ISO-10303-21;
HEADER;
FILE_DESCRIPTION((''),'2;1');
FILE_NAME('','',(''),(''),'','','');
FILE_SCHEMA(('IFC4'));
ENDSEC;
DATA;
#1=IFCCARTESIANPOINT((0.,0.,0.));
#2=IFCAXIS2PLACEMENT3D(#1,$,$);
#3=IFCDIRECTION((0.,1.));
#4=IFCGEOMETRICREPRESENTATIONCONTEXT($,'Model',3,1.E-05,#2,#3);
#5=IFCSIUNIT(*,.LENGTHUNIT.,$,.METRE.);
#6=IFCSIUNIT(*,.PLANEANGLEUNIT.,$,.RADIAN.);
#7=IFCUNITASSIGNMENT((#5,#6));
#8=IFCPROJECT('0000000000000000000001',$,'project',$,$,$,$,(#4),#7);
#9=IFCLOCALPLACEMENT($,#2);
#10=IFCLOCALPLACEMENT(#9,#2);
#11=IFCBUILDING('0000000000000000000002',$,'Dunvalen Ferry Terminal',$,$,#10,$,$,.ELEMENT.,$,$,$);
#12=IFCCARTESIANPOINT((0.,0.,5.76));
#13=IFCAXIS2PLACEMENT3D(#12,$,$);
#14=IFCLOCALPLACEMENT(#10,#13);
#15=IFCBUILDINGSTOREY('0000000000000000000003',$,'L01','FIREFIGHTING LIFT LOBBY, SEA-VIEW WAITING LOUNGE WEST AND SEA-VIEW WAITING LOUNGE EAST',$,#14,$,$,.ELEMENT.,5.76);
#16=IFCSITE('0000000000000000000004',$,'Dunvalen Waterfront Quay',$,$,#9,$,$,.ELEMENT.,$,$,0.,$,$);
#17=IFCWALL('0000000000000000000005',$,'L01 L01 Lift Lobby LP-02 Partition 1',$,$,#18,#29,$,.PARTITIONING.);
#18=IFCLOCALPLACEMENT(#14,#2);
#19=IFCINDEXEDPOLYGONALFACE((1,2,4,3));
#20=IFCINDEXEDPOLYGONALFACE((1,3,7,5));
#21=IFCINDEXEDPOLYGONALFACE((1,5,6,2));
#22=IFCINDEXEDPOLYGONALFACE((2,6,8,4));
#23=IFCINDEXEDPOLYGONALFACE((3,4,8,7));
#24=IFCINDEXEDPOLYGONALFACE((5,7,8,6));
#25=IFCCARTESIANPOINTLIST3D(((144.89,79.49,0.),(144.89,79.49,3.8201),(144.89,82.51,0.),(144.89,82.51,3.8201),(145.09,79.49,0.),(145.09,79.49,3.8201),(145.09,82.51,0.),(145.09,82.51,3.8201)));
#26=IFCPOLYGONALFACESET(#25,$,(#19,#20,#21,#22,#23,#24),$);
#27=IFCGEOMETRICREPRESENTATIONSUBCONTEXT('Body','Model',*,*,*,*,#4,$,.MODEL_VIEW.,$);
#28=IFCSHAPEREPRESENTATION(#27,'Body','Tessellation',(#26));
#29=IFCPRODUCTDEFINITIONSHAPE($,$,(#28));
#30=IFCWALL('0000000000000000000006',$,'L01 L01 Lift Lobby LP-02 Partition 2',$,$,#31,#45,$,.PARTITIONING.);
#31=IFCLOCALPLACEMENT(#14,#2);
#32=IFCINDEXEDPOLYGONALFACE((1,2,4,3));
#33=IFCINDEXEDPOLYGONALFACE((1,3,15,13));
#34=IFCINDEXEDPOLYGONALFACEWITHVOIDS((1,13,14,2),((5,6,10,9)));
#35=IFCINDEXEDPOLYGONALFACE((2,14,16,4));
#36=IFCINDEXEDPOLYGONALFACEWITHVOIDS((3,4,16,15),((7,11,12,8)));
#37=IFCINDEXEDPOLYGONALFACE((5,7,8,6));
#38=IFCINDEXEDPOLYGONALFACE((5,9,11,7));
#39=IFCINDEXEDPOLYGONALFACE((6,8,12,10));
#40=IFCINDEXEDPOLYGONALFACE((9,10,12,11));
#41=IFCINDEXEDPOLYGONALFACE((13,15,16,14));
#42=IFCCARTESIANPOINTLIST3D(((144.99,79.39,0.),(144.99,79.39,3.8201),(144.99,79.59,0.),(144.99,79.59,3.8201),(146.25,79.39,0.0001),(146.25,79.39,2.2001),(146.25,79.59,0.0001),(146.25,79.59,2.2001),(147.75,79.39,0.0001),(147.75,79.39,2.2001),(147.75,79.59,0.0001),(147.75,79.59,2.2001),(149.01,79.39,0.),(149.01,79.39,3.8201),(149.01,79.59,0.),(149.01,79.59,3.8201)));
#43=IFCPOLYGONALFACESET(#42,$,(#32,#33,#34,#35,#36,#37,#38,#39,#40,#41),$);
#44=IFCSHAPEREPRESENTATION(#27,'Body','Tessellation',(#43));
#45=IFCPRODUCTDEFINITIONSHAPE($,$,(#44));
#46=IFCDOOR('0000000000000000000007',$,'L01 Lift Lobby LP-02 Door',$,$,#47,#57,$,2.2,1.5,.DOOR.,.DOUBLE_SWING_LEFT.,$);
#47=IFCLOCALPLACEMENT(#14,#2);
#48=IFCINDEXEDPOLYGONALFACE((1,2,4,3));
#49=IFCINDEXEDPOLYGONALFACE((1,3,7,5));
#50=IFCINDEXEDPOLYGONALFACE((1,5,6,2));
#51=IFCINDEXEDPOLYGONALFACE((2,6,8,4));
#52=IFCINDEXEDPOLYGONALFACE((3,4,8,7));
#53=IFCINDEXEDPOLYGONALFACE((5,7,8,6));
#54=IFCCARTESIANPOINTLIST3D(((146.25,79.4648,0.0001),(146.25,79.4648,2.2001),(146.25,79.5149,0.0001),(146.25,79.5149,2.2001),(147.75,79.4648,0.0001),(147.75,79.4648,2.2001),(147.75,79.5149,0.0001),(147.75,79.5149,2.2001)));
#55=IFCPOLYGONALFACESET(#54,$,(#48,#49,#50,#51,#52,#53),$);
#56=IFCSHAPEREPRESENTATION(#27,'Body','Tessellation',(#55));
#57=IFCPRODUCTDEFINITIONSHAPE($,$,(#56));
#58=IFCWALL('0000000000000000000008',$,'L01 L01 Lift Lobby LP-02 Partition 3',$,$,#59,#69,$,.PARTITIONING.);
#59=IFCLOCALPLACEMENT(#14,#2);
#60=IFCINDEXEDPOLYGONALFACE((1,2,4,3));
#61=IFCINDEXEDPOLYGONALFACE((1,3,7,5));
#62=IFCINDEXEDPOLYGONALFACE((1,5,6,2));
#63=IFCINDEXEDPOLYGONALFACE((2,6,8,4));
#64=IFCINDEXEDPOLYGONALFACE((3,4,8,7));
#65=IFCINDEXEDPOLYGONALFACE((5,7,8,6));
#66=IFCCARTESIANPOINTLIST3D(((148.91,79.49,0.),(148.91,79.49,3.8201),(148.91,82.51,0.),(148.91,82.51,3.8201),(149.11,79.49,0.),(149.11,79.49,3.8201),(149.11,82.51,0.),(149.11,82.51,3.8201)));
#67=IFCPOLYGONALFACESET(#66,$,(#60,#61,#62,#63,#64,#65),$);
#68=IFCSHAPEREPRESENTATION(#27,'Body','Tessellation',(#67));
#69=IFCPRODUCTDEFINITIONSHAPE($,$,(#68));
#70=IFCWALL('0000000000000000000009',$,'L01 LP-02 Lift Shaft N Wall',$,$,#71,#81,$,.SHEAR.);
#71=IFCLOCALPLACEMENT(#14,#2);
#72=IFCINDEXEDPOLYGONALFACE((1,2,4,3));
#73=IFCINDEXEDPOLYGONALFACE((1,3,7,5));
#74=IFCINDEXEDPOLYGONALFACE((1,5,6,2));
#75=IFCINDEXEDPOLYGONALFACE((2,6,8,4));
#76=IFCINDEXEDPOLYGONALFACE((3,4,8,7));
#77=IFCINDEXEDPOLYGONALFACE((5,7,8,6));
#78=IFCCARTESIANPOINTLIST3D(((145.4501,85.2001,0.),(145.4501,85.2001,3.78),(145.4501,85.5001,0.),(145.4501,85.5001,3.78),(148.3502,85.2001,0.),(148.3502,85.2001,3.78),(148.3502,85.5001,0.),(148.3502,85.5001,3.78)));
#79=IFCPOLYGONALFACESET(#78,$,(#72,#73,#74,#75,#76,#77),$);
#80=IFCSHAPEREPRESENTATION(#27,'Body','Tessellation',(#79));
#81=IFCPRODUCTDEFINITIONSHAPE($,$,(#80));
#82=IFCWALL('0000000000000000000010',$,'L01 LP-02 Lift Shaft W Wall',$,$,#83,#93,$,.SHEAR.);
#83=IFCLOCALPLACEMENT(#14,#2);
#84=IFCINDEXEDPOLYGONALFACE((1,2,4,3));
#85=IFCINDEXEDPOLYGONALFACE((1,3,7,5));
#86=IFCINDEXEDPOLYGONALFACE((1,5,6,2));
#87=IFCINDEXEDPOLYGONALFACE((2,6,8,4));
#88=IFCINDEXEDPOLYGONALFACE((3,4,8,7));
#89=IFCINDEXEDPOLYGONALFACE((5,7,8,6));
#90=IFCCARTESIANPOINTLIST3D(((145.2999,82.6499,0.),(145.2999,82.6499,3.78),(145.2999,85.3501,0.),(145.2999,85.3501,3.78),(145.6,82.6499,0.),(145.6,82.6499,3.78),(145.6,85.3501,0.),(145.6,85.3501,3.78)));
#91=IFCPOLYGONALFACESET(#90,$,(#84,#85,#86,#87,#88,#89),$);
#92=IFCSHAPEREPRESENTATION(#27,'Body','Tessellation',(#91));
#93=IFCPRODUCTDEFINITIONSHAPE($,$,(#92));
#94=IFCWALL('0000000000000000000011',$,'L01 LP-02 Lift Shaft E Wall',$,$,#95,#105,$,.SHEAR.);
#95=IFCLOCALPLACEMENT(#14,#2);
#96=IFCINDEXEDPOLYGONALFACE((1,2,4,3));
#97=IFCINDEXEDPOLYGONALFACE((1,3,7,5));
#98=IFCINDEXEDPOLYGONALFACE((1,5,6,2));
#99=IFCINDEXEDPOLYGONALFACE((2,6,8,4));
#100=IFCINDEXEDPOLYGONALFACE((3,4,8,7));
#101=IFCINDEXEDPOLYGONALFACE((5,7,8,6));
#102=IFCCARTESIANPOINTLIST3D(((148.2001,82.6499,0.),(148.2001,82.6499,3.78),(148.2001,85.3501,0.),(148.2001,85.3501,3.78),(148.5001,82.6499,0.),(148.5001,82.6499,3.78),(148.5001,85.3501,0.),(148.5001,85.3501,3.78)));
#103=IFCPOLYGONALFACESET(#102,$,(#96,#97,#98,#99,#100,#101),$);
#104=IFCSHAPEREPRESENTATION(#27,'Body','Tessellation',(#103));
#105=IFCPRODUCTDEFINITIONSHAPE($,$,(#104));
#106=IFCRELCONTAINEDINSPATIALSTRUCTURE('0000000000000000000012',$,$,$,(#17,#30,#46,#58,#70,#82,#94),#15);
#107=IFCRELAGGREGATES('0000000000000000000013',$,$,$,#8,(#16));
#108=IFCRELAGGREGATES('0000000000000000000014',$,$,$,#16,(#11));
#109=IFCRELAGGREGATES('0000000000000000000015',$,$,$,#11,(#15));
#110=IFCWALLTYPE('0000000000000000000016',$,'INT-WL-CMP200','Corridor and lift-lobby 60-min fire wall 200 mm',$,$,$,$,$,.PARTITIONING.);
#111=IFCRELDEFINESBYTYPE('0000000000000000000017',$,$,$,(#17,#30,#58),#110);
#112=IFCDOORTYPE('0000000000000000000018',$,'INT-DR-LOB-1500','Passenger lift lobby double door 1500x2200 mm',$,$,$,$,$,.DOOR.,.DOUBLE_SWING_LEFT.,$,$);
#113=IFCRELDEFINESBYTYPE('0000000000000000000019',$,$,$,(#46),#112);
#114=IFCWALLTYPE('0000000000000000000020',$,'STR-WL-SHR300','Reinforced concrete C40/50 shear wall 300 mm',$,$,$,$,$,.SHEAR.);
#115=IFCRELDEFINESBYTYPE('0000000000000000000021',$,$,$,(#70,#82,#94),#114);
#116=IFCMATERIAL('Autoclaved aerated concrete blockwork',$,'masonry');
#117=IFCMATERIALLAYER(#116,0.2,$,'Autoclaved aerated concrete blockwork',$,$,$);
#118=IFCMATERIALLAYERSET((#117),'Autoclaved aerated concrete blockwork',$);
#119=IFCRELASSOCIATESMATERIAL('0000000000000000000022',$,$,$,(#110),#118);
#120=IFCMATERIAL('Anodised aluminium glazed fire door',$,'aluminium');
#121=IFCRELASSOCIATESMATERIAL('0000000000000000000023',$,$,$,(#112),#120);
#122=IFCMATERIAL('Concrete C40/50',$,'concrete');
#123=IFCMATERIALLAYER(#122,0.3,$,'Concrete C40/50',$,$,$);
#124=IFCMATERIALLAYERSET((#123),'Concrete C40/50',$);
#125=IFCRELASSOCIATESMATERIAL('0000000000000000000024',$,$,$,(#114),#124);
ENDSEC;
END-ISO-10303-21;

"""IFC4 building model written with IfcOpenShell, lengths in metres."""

from ifc_helpers import new_model, si_unit, direction, frame, frame_2d, origin, place, context, subcontext, project, spatial, rectangle, extrude, material, layer, layer_set, type_object, element, fill, save


model = new_model("IFC4")

# Units and contexts
model_context = context("Model", 3, precision=1e-05, world=origin(), true_north=direction((0.0, 1.0)))
body_context = subcontext(model_context, "Body", "Model", "MODEL_VIEW")
ifc_project = project(units=[si_unit("LENGTHUNIT", "METRE"), si_unit("PLANEANGLEUNIT", "RADIAN")], contexts=[model_context])

# Site, building, storey
site_placement = place(None, origin())
site = spatial("IfcSite", under=ifc_project, at=site_placement, Name="Dunvalen Waterfront Quay", CompositionType="ELEMENT", RefElevation=0.0)
building_placement = place(site_placement, origin())
building = spatial("IfcBuilding", under=site, at=building_placement, Name="Dunvalen Ferry Terminal", CompositionType="ELEMENT")
storey_placement = place(building_placement, frame((0.0, 0.0, 5.76)))
storey = spatial("IfcBuildingStorey", under=building, at=storey_placement, Name="L01", Description="FIREFIGHTING LIFT LOBBY, SEA-VIEW WAITING LOUNGE WEST AND SEA-VIEW WAITING LOUNGE EAST", CompositionType="ELEMENT", Elevation=5.76)

# Wall
ifc_material_1 = material(Name="Autoclaved aerated concrete blockwork", Category="masonry")
ifc_layer_1 = layer(ifc_material_1, 0.2, Name="Autoclaved aerated concrete blockwork")
ifc_layer_set_1 = layer_set([ifc_layer_1], Name="Autoclaved aerated concrete blockwork")
wall_type_1 = type_object("IfcWallType", Name="INT-WL-CMP200", Description="Corridor and lift-lobby 60-min fire wall 200 mm", PredefinedType="PARTITIONING", material=ifc_layer_set_1)
wall_1_placement = place(storey_placement, frame((144.99, 82.51, 0.0), z_axis=(0.0, 0.0, 1.0), x_axis=(0.0, -1.0, 0.0)))
element("IfcWall", 1, at=wall_1_placement, inside=storey, type_object=wall_type_1, Name="L01 L01 Lift Lobby LP-02 Partition 1", PredefinedType="PARTITIONING", context=body_context, shape_type="SweptSolid", body=[
    extrude(rectangle(XDim=3.02, YDim=0.2, at=frame_2d((1.51, 0.0))), origin(), (0.0, 0.0, 1.0), 3.8201),
])

# Wall, opening, door
wall_2_placement = place(storey_placement, frame((144.99, 79.49, 0.0), z_axis=(0.0, 0.0, 1.0), x_axis=(1.0, 0.0, 0.0)))
wall_2 = element("IfcWall", 2, at=wall_2_placement, inside=storey, type_object=wall_type_1, Name="L01 L01 Lift Lobby LP-02 Partition 2", PredefinedType="PARTITIONING", context=body_context, shape_type="SweptSolid", body=[
    extrude(rectangle(XDim=4.02, YDim=0.2, at=frame_2d((2.01, 0.0))), origin(), (0.0, 0.0, 1.0), 3.8201),
])
opening_1_placement = place(wall_2_placement, frame((1.26, 0.0, 0.0)))
opening_1 = element("IfcOpeningElement", 3, at=opening_1_placement, cuts=wall_2, PredefinedType="OPENING", context=body_context, shape_type="SweptSolid", body=[
    extrude(rectangle(XDim=1.5, YDim=2.2, at=frame_2d((0.75, 1.1001))), frame((0.0, 0.1099, 0.0), z_axis=(0.0, -1.0, 0.0), x_axis=(1.0, 0.0, 0.0)), (0.0, 0.0, 1.0), 0.22),
])
ifc_material_2 = material(Name="Anodised aluminium glazed fire door", Category="aluminium")
door_type_1 = type_object("IfcDoorType", Name="INT-DR-LOB-1500", Description="Passenger lift lobby double door 1500x2200 mm", OperationType="DOUBLE_SWING_LEFT", PredefinedType="DOOR", material=ifc_material_2)
door_1_placement = place(opening_1_placement, origin())
door_1 = element("IfcDoor", 4, at=door_1_placement, inside=storey, type_object=door_type_1, Name="L01 Lift Lobby LP-02 Door", OperationType="DOUBLE_SWING_LEFT", OverallHeight=2.2, OverallWidth=1.5, PredefinedType="DOOR", context=body_context, shape_type="SweptSolid", body=[
    extrude(rectangle(XDim=1.5, YDim=2.2, at=frame_2d((0.75, 1.1001))), frame((0.0, 0.0249, 0.0), z_axis=(0.0, -1.0, 0.0), x_axis=(1.0, 0.0, 0.0)), (0.0, 0.0, 1.0), 0.05),
])
fill(opening_1, door_1)

# Wall
wall_3_placement = place(storey_placement, frame((149.01, 79.49, 0.0), z_axis=(0.0, 0.0, 1.0), x_axis=(0.0, 1.0, 0.0)))
element("IfcWall", 5, at=wall_3_placement, inside=storey, type_object=wall_type_1, Name="L01 L01 Lift Lobby LP-02 Partition 3", PredefinedType="PARTITIONING", context=body_context, shape_type="SweptSolid", body=[
    extrude(rectangle(XDim=3.02, YDim=0.2, at=frame_2d((1.51, 0.0))), origin(), (0.0, 0.0, 1.0), 3.8201),
])

# Shared definitions
ifc_material_3 = material(Name="Concrete C40/50", Category="concrete")
ifc_layer_2 = layer(ifc_material_3, 0.3, Name="Concrete C40/50")
ifc_layer_set_2 = layer_set([ifc_layer_2], Name="Concrete C40/50")
wall_type_2 = type_object("IfcWallType", Name="STR-WL-SHR300", Description="Reinforced concrete C40/50 shear wall 300 mm", PredefinedType="SHEAR", material=ifc_layer_set_2)

# Walls
wall_4_placement = place(storey_placement, frame((145.45, 85.3501, 0.0), z_axis=(0.0, 0.0, 1.0), x_axis=(1.0, 0.0, 0.0)))
element("IfcWall", 6, at=wall_4_placement, inside=storey, type_object=wall_type_2, Name="L01 LP-02 Lift Shaft N Wall", PredefinedType="SHEAR", context=body_context, shape_type="SweptSolid", body=[
    extrude(rectangle(XDim=2.9001, YDim=0.3, at=frame_2d((1.4502, 0.0))), origin(), (0.0, 0.0, 1.0), 3.78),
])
for number, where, z_axis, x_axis, name in (
    (7, (145.45, 82.6499, 0.0), (0.0, 0.0, 1.0), (0.0, 1.0, 0.0), "L01 LP-02 Lift Shaft W Wall"),
    (8, (148.3501, 82.6499, 0.0), (0.0, 0.0, 1.0), (0.0, 1.0, 0.0), "L01 LP-02 Lift Shaft E Wall"),
):
    element("IfcWall", number, at=place(storey_placement, frame(where, z_axis=z_axis, x_axis=x_axis)), inside=storey, type_object=wall_type_2, Name=name, PredefinedType="SHEAR", context=body_context, shape_type="SweptSolid", body=[
        extrude(rectangle(XDim=2.7002, YDim=0.3, at=frame_2d((1.3501, 0.0))), origin(), (0.0, 0.0, 1.0), 3.78),
    ])

save(model, "model.ifc")
